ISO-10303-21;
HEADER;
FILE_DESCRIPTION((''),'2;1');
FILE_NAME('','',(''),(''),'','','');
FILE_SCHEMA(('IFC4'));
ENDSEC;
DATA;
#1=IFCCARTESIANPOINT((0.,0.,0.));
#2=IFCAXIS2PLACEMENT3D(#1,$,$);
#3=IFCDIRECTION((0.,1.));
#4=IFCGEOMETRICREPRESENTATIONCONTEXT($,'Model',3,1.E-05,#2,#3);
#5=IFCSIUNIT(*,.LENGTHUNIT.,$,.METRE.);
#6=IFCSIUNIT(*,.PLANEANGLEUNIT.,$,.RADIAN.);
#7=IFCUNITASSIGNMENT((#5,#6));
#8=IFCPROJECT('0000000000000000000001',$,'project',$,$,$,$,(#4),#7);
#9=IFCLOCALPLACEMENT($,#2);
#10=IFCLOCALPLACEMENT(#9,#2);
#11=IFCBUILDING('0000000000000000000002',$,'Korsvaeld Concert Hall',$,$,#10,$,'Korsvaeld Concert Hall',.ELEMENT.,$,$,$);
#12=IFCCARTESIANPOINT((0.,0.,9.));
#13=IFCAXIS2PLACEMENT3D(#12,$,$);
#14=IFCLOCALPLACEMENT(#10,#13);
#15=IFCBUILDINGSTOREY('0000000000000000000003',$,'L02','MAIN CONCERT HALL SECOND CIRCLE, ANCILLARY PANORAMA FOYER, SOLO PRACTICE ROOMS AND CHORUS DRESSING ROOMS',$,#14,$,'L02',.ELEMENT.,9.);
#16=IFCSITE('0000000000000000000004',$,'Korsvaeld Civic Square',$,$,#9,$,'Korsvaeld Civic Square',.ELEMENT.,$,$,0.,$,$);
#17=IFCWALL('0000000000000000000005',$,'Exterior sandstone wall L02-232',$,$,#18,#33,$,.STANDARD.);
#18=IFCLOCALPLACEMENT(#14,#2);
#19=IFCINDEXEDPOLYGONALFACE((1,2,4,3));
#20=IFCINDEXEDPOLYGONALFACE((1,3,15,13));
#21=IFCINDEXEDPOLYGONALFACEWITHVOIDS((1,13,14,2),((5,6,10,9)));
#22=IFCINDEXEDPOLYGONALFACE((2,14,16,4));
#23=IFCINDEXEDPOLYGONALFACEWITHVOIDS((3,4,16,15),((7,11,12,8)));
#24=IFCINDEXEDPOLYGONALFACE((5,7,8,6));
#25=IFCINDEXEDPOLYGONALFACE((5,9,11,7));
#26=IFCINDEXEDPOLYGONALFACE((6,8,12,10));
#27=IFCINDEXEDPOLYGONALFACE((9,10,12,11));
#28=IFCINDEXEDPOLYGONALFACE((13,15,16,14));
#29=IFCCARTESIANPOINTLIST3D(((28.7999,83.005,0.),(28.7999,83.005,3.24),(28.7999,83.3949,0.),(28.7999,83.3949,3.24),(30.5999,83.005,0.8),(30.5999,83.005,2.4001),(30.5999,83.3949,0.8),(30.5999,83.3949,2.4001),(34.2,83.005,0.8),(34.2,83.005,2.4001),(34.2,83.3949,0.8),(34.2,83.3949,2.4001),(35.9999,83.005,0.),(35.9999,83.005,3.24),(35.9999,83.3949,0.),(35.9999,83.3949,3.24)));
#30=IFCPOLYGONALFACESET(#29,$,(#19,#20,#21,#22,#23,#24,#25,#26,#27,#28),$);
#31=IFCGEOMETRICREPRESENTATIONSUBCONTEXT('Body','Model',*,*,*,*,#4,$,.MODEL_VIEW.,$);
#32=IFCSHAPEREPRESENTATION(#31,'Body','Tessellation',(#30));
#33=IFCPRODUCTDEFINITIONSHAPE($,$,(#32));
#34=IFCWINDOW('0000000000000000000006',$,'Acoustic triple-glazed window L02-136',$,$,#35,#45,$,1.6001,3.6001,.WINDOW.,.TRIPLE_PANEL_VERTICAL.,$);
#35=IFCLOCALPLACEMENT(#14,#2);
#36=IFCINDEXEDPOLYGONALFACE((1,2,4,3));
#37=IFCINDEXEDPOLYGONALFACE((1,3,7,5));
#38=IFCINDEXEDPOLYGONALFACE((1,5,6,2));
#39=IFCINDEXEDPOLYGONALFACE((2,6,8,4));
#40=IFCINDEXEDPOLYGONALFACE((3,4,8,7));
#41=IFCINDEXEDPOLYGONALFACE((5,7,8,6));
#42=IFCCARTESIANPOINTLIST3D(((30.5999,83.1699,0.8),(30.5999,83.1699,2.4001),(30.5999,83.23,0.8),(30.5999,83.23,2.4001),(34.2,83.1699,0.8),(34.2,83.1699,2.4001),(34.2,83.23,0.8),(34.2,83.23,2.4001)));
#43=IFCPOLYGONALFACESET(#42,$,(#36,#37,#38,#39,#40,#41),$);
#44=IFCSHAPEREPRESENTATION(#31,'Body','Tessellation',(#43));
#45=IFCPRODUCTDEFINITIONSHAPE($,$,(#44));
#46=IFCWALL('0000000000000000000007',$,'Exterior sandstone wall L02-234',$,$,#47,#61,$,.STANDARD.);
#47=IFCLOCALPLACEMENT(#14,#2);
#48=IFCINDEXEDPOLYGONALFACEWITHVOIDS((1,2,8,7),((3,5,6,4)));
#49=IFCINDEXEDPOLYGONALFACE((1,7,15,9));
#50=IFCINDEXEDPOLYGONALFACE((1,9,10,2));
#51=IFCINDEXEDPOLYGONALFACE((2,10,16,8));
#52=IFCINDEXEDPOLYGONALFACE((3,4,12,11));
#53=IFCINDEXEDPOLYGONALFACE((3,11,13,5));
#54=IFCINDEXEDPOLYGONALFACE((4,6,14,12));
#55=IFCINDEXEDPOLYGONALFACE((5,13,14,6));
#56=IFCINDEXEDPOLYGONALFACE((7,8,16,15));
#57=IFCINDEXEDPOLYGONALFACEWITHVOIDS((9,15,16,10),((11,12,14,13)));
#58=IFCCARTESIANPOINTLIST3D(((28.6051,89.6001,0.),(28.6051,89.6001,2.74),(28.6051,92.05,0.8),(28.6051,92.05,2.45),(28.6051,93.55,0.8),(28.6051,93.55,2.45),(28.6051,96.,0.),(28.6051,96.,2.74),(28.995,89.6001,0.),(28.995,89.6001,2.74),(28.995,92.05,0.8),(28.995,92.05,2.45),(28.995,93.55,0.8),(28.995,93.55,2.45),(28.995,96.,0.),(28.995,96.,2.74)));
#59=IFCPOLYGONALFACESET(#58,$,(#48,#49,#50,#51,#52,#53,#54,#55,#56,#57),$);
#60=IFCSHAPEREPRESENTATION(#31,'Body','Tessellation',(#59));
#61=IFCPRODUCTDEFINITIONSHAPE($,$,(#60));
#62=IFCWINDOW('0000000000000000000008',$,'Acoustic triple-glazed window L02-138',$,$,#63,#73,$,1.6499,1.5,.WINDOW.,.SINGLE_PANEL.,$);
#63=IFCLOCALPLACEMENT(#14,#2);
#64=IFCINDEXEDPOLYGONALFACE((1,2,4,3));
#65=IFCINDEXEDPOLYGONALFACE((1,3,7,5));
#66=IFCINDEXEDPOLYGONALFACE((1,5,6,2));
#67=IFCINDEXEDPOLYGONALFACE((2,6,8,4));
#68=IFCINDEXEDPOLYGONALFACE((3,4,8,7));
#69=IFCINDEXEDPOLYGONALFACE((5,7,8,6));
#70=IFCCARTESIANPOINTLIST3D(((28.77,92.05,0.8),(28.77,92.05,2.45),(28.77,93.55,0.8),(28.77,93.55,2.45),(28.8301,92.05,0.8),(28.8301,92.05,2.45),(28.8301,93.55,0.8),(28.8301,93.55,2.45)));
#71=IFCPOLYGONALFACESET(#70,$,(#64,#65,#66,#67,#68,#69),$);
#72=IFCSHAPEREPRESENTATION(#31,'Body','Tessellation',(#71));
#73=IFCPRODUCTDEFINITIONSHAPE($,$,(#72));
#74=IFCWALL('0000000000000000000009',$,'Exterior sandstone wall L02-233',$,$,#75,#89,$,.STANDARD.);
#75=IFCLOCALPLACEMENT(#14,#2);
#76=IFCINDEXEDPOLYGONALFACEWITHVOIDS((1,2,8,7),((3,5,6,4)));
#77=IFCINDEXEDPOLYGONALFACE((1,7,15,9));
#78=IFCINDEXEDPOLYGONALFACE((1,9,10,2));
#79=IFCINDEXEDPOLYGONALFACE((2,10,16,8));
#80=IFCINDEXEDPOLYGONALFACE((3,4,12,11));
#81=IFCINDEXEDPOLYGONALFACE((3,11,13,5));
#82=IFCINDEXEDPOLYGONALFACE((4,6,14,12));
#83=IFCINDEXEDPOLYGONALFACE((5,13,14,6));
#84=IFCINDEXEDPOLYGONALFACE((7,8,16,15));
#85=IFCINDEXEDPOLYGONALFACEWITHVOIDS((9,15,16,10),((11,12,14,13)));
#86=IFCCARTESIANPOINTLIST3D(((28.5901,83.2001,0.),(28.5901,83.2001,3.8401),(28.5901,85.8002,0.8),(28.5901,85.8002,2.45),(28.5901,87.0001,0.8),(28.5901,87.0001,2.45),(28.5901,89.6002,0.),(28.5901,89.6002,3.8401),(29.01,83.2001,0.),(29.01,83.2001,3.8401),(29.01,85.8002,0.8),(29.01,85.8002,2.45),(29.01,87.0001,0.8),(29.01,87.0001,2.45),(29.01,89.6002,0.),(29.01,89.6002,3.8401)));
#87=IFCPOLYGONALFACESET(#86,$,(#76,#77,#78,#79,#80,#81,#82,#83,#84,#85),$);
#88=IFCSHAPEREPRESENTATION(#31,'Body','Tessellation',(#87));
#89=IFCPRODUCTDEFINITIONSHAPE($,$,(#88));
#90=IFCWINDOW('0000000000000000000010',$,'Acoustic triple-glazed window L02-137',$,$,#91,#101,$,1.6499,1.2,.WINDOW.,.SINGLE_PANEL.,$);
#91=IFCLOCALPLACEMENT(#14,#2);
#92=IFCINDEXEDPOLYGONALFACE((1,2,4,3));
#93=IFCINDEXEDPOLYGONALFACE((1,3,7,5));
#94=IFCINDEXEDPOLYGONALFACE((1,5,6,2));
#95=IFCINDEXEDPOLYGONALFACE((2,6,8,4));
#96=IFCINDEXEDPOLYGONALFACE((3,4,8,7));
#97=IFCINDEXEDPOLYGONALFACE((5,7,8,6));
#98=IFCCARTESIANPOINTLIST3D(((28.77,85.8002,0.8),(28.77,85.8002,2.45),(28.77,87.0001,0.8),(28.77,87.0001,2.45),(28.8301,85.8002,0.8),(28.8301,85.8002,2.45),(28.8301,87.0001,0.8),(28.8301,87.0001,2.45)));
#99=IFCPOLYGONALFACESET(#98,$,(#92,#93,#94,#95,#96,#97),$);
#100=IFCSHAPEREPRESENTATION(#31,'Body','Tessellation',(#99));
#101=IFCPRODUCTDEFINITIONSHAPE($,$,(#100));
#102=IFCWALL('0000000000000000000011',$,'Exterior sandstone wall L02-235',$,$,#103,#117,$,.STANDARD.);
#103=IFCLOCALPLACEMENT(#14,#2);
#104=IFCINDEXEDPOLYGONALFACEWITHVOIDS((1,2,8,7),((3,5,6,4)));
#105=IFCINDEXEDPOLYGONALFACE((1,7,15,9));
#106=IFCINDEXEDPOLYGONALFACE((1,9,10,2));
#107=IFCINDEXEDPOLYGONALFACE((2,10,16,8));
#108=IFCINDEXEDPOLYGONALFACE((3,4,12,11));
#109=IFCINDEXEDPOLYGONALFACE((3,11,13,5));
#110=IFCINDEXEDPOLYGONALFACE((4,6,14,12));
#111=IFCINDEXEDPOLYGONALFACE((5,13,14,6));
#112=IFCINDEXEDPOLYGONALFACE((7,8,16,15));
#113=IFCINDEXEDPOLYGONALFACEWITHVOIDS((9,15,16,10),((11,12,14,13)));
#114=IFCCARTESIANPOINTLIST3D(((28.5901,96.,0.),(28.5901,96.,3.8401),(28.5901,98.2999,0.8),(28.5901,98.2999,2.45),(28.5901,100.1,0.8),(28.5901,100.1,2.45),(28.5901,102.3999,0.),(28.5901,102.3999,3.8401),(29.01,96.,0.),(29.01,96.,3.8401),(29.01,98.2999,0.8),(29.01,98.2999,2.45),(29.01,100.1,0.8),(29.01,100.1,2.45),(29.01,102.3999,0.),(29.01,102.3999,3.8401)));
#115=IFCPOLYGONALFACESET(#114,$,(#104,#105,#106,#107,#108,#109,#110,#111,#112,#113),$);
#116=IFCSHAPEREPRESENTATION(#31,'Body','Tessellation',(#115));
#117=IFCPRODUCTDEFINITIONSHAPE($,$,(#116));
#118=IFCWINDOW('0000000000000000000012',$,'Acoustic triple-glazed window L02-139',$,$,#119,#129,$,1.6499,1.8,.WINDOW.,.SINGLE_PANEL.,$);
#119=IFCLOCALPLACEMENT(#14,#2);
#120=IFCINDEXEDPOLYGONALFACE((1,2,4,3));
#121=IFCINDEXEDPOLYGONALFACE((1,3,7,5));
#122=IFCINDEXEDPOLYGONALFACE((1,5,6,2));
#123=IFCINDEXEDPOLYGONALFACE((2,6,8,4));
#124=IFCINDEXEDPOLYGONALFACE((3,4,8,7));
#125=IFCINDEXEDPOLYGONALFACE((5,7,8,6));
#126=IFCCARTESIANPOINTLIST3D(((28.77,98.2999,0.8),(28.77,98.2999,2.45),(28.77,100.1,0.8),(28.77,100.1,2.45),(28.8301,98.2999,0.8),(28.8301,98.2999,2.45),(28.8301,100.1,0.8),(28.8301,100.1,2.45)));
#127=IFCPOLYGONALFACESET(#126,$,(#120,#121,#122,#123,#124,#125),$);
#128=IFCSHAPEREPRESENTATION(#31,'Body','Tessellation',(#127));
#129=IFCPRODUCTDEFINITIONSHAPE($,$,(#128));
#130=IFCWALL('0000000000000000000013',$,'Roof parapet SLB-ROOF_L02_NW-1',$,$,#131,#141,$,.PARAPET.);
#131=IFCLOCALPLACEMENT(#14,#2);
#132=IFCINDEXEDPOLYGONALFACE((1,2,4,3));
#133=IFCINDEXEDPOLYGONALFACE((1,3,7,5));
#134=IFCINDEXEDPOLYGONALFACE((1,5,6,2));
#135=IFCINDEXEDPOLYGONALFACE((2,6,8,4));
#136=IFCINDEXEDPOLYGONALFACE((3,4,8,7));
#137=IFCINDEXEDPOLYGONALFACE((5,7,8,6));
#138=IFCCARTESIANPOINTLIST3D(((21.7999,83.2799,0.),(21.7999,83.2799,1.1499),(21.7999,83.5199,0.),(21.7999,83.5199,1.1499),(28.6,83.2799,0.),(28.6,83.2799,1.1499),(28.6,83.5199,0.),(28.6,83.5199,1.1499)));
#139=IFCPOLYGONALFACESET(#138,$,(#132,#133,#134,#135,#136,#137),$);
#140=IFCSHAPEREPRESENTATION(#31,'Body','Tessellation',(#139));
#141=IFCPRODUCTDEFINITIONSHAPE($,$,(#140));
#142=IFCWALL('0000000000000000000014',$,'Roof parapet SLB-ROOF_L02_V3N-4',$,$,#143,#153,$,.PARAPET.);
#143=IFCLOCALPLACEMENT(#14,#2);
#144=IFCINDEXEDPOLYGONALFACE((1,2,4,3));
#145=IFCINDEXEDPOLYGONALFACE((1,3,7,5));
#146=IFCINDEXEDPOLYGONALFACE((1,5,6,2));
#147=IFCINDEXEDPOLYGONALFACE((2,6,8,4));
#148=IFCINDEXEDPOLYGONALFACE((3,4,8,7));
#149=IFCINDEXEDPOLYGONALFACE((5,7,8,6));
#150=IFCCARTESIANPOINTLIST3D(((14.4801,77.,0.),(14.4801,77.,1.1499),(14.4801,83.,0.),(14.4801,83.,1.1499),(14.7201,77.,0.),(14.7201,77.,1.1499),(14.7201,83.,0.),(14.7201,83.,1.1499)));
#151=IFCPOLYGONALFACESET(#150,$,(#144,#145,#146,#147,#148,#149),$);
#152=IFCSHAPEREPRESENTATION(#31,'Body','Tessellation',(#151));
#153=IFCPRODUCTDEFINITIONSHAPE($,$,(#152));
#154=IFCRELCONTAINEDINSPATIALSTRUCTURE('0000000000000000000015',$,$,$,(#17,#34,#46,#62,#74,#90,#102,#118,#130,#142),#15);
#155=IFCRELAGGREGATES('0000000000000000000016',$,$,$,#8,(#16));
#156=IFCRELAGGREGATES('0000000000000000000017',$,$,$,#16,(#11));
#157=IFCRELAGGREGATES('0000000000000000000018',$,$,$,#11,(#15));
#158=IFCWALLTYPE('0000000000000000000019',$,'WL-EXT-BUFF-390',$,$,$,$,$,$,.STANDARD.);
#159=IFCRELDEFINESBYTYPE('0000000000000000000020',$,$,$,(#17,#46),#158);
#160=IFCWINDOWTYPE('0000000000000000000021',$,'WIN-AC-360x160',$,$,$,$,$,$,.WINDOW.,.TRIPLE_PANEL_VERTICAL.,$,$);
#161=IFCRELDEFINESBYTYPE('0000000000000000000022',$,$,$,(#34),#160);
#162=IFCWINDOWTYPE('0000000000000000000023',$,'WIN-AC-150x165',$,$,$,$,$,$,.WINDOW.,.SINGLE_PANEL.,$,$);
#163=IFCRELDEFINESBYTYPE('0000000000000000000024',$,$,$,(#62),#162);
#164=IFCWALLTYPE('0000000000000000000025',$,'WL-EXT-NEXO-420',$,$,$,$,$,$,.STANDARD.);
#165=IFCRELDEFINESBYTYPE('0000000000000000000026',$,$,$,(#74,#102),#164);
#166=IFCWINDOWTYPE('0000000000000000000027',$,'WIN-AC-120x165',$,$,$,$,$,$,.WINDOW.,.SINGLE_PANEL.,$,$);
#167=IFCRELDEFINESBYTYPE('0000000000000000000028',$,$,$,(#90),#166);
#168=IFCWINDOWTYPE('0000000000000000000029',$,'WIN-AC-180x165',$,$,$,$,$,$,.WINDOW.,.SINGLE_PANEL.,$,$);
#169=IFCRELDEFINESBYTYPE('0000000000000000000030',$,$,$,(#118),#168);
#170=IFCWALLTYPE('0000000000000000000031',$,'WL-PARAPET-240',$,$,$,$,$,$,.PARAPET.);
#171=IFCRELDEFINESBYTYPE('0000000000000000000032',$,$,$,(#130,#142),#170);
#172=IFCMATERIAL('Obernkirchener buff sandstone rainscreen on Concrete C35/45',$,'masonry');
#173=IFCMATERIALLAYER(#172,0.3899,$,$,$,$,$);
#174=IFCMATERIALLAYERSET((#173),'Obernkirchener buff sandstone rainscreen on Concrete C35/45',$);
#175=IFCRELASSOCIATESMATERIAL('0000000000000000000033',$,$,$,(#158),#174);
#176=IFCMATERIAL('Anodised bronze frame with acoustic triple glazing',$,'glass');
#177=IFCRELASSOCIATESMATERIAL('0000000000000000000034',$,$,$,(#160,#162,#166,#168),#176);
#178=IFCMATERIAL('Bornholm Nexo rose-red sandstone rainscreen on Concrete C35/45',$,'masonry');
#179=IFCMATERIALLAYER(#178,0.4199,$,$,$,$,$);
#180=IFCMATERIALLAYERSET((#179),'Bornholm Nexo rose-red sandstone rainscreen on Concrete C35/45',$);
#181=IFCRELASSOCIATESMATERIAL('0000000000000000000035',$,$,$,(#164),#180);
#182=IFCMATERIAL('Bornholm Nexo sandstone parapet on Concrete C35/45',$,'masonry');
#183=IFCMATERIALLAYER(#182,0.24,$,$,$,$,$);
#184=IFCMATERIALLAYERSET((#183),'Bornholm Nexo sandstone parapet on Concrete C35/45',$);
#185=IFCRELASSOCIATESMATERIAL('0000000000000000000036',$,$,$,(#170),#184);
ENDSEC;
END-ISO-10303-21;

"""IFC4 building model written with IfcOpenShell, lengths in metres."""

from ifc_helpers import new_model, si_unit, direction, frame, frame_2d, origin, place, context, subcontext, project, spatial, rectangle, extrude, material, layer, layer_set, type_object, element, fill, save


model = new_model("IFC4")

# Units and contexts
model_context = context("Model", 3, precision=1e-05, world=origin(), true_north=direction((0.0, 1.0)))
body_context = subcontext(model_context, "Body", "Model", "MODEL_VIEW")
ifc_project = project(units=[si_unit("LENGTHUNIT", "METRE"), si_unit("PLANEANGLEUNIT", "RADIAN")], contexts=[model_context])

# Site, building, storey
site_placement = place(None, origin())
site = spatial("IfcSite", under=ifc_project, at=site_placement, Name="Korsvaeld Civic Square", LongName="Korsvaeld Civic Square", CompositionType="ELEMENT", RefElevation=0.0)
building_placement = place(site_placement, origin())
building = spatial("IfcBuilding", under=site, at=building_placement, Name="Korsvaeld Concert Hall", LongName="Korsvaeld Concert Hall", CompositionType="ELEMENT")
storey_placement = place(building_placement, frame((0.0, 0.0, 9.0)))
storey = spatial("IfcBuildingStorey", under=building, at=storey_placement, Name="L02", Description="MAIN CONCERT HALL SECOND CIRCLE, ANCILLARY PANORAMA FOYER, SOLO PRACTICE ROOMS AND CHORUS DRESSING ROOMS", LongName="L02", CompositionType="ELEMENT", Elevation=9.0)

# Walls, openings, windows
ifc_material_1 = material(Name="Obernkirchener buff sandstone rainscreen on Concrete C35/45", Category="masonry")
ifc_layer_1 = layer(ifc_material_1, 0.3899)
ifc_layer_set_1 = layer_set([ifc_layer_1], Name="Obernkirchener buff sandstone rainscreen on Concrete C35/45")
wall_type_1 = type_object("IfcWallType", Name="WL-EXT-BUFF-390", PredefinedType="STANDARD", material=ifc_layer_set_1)
wall_1_placement = place(storey_placement, frame((36.0, 83.2, 0.0), z_axis=(0.0, 0.0, 1.0), x_axis=(-1.0, 0.0, 0.0)))
wall_1 = element("IfcWall", 1, at=wall_1_placement, inside=storey, type_object=wall_type_1, Name="Exterior sandstone wall L02-232", PredefinedType="STANDARD", context=body_context, shape_type="SweptSolid", body=[
    extrude(rectangle(XDim=7.2, YDim=0.3899, at=frame_2d((3.6001, 0.0))), origin(), (0.0, 0.0, 1.0), 3.24),
])
opening_1_placement = place(wall_1_placement, frame((1.8, 0.0, 0.8)))
opening_1 = element("IfcOpeningElement", 2, at=opening_1_placement, cuts=wall_1, PredefinedType="OPENING", context=body_context, shape_type="SweptSolid", body=[
    extrude(rectangle(XDim=3.6001, YDim=1.6001, at=frame_2d((1.8, 0.8))), frame((0.0, 0.2051, 0.0), z_axis=(0.0, -1.0, 0.0), x_axis=(1.0, 0.0, 0.0)), (0.0, 0.0, 1.0), 0.4099),
])
ifc_material_2 = material(Name="Anodised bronze frame with acoustic triple glazing", Category="glass")
window_type_1 = type_object("IfcWindowType", Name="WIN-AC-360x160", PartitioningType="TRIPLE_PANEL_VERTICAL", PredefinedType="WINDOW", material=ifc_material_2)
window_1_placement = place(opening_1_placement, origin())
window_1 = element("IfcWindow", 3, at=window_1_placement, inside=storey, type_object=window_type_1, Name="Acoustic triple-glazed window L02-136", OverallHeight=1.6001, OverallWidth=3.6001, PartitioningType="TRIPLE_PANEL_VERTICAL", PredefinedType="WINDOW", context=body_context, shape_type="SweptSolid", body=[
    extrude(rectangle(XDim=3.6001, YDim=1.6001, at=frame_2d((1.8, 0.8))), frame((0.0, 0.03, 0.0), z_axis=(0.0, -1.0, 0.0), x_axis=(1.0, 0.0, 0.0)), (0.0, 0.0, 1.0), 0.0601),
])
fill(opening_1, window_1)
wall_2_placement = place(storey_placement, frame((28.8, 89.6001, 0.0), z_axis=(0.0, 0.0, 1.0), x_axis=(0.0, 1.0, 0.0)))
wall_2 = element("IfcWall", 4, at=wall_2_placement, inside=storey, type_object=wall_type_1, Name="Exterior sandstone wall L02-234", PredefinedType="STANDARD", context=body_context, shape_type="SweptSolid", body=[
    extrude(rectangle(XDim=6.3999, YDim=0.3899, at=frame_2d((3.2, 0.0))), origin(), (0.0, 0.0, 1.0), 2.74),
])
opening_2_placement = place(wall_2_placement, frame((2.45, 0.0, 0.8)))
opening_2 = element("IfcOpeningElement", 5, at=opening_2_placement, cuts=wall_2, PredefinedType="OPENING", context=body_context, shape_type="SweptSolid", body=[
    extrude(rectangle(XDim=1.5, YDim=1.6499, at=frame_2d((0.75, 0.825))), frame((0.0, 0.2051, 0.0), z_axis=(0.0, -1.0, 0.0), x_axis=(1.0, 0.0, 0.0)), (0.0, 0.0, 1.0), 0.4099),
])
window_type_2 = type_object("IfcWindowType", Name="WIN-AC-150x165", PartitioningType="SINGLE_PANEL", PredefinedType="WINDOW", material=ifc_material_2)
window_2_placement = place(opening_2_placement, origin())
window_2 = element("IfcWindow", 6, at=window_2_placement, inside=storey, type_object=window_type_2, Name="Acoustic triple-glazed window L02-138", OverallHeight=1.6499, OverallWidth=1.5, PartitioningType="SINGLE_PANEL", PredefinedType="WINDOW", context=body_context, shape_type="SweptSolid", body=[
    extrude(rectangle(XDim=1.5, YDim=1.6499, at=frame_2d((0.75, 0.825))), frame((0.0, 0.03, 0.0), z_axis=(0.0, -1.0, 0.0), x_axis=(1.0, 0.0, 0.0)), (0.0, 0.0, 1.0), 0.0601),
])
fill(opening_2, window_2)
ifc_material_3 = material(Name="Bornholm Nexo rose-red sandstone rainscreen on Concrete C35/45", Category="masonry")
ifc_layer_2 = layer(ifc_material_3, 0.4199)
ifc_layer_set_2 = layer_set([ifc_layer_2], Name="Bornholm Nexo rose-red sandstone rainscreen on Concrete C35/45")
wall_type_2 = type_object("IfcWallType", Name="WL-EXT-NEXO-420", PredefinedType="STANDARD", material=ifc_layer_set_2)
wall_3_placement = place(storey_placement, frame((28.8, 83.2, 0.0), z_axis=(0.0, 0.0, 1.0), x_axis=(0.0, 1.0, 0.0)))
wall_3 = element("IfcWall", 7, at=wall_3_placement, inside=storey, type_object=wall_type_2, Name="Exterior sandstone wall L02-233", PredefinedType="STANDARD", context=body_context, shape_type="SweptSolid", body=[
    extrude(rectangle(XDim=6.4001, YDim=0.4199, at=frame_2d((3.2002, 0.0))), origin(), (0.0, 0.0, 1.0), 3.8401),
])
opening_3_placement = place(wall_3_placement, frame((2.6001, 0.0, 0.8)))
opening_3 = element("IfcOpeningElement", 8, at=opening_3_placement, cuts=wall_3, PredefinedType="OPENING", context=body_context, shape_type="SweptSolid", body=[
    extrude(rectangle(XDim=1.2, YDim=1.6499, at=frame_2d((0.6001, 0.825))), frame((0.0, 0.22, 0.0), z_axis=(0.0, -1.0, 0.0), x_axis=(1.0, 0.0, 0.0)), (0.0, 0.0, 1.0), 0.4399),
])
window_type_3 = type_object("IfcWindowType", Name="WIN-AC-120x165", PartitioningType="SINGLE_PANEL", PredefinedType="WINDOW", material=ifc_material_2)
window_3_placement = place(opening_3_placement, origin())
window_3 = element("IfcWindow", 9, at=window_3_placement, inside=storey, type_object=window_type_3, Name="Acoustic triple-glazed window L02-137", OverallHeight=1.6499, OverallWidth=1.2, PartitioningType="SINGLE_PANEL", PredefinedType="WINDOW", context=body_context, shape_type="SweptSolid", body=[
    extrude(rectangle(XDim=1.2, YDim=1.6499, at=frame_2d((0.6001, 0.825))), frame((0.0, 0.03, 0.0), z_axis=(0.0, -1.0, 0.0), x_axis=(1.0, 0.0, 0.0)), (0.0, 0.0, 1.0), 0.0601),
])
fill(opening_3, window_3)
wall_4_placement = place(storey_placement, frame((28.8, 96.0, 0.0), z_axis=(0.0, 0.0, 1.0), x_axis=(0.0, 1.0, 0.0)))
wall_4 = element("IfcWall", 10, at=wall_4_placement, inside=storey, type_object=wall_type_2, Name="Exterior sandstone wall L02-235", PredefinedType="STANDARD", context=body_context, shape_type="SweptSolid", body=[
    extrude(rectangle(XDim=6.3999, YDim=0.4199, at=frame_2d((3.2, 0.0))), origin(), (0.0, 0.0, 1.0), 3.8401),
])
opening_4_placement = place(wall_4_placement, frame((2.3, 0.0, 0.8)))
opening_4 = element("IfcOpeningElement", 11, at=opening_4_placement, cuts=wall_4, PredefinedType="OPENING", context=body_context, shape_type="SweptSolid", body=[
    extrude(rectangle(XDim=1.8, YDim=1.6499, at=frame_2d((0.8999, 0.825))), frame((0.0, 0.22, 0.0), z_axis=(0.0, -1.0, 0.0), x_axis=(1.0, 0.0, 0.0)), (0.0, 0.0, 1.0), 0.4399),
])
window_type_4 = type_object("IfcWindowType", Name="WIN-AC-180x165", PartitioningType="SINGLE_PANEL", PredefinedType="WINDOW", material=ifc_material_2)
window_4_placement = place(opening_4_placement, origin())
window_4 = element("IfcWindow", 12, at=window_4_placement, inside=storey, type_object=window_type_4, Name="Acoustic triple-glazed window L02-139", OverallHeight=1.6499, OverallWidth=1.8, PartitioningType="SINGLE_PANEL", PredefinedType="WINDOW", context=body_context, shape_type="SweptSolid", body=[
    extrude(rectangle(XDim=1.8, YDim=1.6499, at=frame_2d((0.8999, 0.825))), frame((0.0, 0.03, 0.0), z_axis=(0.0, -1.0, 0.0), x_axis=(1.0, 0.0, 0.0)), (0.0, 0.0, 1.0), 0.0601),
])
fill(opening_4, window_4)

# Walls
ifc_material_4 = material(Name="Bornholm Nexo sandstone parapet on Concrete C35/45", Category="masonry")
ifc_layer_3 = layer(ifc_material_4, 0.24)
ifc_layer_set_3 = layer_set([ifc_layer_3], Name="Bornholm Nexo sandstone parapet on Concrete C35/45")
wall_type_3 = type_object("IfcWallType", Name="WL-PARAPET-240", PredefinedType="PARAPET", material=ifc_layer_set_3)
wall_5_placement = place(storey_placement, frame((21.8, 83.3999, 0.0), z_axis=(0.0, 0.0, 1.0), x_axis=(1.0, 0.0, 0.0)))
element("IfcWall", 13, at=wall_5_placement, inside=storey, type_object=wall_type_3, Name="Roof parapet SLB-ROOF_L02_NW-1", PredefinedType="PARAPET", context=body_context, shape_type="SweptSolid", body=[
    extrude(rectangle(XDim=6.8, YDim=0.24, at=frame_2d((3.3999, 0.0))), origin(), (0.0, 0.0, 1.0), 1.1499),
])
wall_6_placement = place(storey_placement, frame((14.6001, 83.0, 0.0), z_axis=(0.0, 0.0, 1.0), x_axis=(0.0, -1.0, 0.0)))
element("IfcWall", 14, at=wall_6_placement, inside=storey, type_object=wall_type_3, Name="Roof parapet SLB-ROOF_L02_V3N-4", PredefinedType="PARAPET", context=body_context, shape_type="SweptSolid", body=[
    extrude(rectangle(XDim=6.0, YDim=0.24, at=frame_2d((3.0, 0.0))), origin(), (0.0, 0.0, 1.0), 1.1499),
])

save(model, "model.ifc")
